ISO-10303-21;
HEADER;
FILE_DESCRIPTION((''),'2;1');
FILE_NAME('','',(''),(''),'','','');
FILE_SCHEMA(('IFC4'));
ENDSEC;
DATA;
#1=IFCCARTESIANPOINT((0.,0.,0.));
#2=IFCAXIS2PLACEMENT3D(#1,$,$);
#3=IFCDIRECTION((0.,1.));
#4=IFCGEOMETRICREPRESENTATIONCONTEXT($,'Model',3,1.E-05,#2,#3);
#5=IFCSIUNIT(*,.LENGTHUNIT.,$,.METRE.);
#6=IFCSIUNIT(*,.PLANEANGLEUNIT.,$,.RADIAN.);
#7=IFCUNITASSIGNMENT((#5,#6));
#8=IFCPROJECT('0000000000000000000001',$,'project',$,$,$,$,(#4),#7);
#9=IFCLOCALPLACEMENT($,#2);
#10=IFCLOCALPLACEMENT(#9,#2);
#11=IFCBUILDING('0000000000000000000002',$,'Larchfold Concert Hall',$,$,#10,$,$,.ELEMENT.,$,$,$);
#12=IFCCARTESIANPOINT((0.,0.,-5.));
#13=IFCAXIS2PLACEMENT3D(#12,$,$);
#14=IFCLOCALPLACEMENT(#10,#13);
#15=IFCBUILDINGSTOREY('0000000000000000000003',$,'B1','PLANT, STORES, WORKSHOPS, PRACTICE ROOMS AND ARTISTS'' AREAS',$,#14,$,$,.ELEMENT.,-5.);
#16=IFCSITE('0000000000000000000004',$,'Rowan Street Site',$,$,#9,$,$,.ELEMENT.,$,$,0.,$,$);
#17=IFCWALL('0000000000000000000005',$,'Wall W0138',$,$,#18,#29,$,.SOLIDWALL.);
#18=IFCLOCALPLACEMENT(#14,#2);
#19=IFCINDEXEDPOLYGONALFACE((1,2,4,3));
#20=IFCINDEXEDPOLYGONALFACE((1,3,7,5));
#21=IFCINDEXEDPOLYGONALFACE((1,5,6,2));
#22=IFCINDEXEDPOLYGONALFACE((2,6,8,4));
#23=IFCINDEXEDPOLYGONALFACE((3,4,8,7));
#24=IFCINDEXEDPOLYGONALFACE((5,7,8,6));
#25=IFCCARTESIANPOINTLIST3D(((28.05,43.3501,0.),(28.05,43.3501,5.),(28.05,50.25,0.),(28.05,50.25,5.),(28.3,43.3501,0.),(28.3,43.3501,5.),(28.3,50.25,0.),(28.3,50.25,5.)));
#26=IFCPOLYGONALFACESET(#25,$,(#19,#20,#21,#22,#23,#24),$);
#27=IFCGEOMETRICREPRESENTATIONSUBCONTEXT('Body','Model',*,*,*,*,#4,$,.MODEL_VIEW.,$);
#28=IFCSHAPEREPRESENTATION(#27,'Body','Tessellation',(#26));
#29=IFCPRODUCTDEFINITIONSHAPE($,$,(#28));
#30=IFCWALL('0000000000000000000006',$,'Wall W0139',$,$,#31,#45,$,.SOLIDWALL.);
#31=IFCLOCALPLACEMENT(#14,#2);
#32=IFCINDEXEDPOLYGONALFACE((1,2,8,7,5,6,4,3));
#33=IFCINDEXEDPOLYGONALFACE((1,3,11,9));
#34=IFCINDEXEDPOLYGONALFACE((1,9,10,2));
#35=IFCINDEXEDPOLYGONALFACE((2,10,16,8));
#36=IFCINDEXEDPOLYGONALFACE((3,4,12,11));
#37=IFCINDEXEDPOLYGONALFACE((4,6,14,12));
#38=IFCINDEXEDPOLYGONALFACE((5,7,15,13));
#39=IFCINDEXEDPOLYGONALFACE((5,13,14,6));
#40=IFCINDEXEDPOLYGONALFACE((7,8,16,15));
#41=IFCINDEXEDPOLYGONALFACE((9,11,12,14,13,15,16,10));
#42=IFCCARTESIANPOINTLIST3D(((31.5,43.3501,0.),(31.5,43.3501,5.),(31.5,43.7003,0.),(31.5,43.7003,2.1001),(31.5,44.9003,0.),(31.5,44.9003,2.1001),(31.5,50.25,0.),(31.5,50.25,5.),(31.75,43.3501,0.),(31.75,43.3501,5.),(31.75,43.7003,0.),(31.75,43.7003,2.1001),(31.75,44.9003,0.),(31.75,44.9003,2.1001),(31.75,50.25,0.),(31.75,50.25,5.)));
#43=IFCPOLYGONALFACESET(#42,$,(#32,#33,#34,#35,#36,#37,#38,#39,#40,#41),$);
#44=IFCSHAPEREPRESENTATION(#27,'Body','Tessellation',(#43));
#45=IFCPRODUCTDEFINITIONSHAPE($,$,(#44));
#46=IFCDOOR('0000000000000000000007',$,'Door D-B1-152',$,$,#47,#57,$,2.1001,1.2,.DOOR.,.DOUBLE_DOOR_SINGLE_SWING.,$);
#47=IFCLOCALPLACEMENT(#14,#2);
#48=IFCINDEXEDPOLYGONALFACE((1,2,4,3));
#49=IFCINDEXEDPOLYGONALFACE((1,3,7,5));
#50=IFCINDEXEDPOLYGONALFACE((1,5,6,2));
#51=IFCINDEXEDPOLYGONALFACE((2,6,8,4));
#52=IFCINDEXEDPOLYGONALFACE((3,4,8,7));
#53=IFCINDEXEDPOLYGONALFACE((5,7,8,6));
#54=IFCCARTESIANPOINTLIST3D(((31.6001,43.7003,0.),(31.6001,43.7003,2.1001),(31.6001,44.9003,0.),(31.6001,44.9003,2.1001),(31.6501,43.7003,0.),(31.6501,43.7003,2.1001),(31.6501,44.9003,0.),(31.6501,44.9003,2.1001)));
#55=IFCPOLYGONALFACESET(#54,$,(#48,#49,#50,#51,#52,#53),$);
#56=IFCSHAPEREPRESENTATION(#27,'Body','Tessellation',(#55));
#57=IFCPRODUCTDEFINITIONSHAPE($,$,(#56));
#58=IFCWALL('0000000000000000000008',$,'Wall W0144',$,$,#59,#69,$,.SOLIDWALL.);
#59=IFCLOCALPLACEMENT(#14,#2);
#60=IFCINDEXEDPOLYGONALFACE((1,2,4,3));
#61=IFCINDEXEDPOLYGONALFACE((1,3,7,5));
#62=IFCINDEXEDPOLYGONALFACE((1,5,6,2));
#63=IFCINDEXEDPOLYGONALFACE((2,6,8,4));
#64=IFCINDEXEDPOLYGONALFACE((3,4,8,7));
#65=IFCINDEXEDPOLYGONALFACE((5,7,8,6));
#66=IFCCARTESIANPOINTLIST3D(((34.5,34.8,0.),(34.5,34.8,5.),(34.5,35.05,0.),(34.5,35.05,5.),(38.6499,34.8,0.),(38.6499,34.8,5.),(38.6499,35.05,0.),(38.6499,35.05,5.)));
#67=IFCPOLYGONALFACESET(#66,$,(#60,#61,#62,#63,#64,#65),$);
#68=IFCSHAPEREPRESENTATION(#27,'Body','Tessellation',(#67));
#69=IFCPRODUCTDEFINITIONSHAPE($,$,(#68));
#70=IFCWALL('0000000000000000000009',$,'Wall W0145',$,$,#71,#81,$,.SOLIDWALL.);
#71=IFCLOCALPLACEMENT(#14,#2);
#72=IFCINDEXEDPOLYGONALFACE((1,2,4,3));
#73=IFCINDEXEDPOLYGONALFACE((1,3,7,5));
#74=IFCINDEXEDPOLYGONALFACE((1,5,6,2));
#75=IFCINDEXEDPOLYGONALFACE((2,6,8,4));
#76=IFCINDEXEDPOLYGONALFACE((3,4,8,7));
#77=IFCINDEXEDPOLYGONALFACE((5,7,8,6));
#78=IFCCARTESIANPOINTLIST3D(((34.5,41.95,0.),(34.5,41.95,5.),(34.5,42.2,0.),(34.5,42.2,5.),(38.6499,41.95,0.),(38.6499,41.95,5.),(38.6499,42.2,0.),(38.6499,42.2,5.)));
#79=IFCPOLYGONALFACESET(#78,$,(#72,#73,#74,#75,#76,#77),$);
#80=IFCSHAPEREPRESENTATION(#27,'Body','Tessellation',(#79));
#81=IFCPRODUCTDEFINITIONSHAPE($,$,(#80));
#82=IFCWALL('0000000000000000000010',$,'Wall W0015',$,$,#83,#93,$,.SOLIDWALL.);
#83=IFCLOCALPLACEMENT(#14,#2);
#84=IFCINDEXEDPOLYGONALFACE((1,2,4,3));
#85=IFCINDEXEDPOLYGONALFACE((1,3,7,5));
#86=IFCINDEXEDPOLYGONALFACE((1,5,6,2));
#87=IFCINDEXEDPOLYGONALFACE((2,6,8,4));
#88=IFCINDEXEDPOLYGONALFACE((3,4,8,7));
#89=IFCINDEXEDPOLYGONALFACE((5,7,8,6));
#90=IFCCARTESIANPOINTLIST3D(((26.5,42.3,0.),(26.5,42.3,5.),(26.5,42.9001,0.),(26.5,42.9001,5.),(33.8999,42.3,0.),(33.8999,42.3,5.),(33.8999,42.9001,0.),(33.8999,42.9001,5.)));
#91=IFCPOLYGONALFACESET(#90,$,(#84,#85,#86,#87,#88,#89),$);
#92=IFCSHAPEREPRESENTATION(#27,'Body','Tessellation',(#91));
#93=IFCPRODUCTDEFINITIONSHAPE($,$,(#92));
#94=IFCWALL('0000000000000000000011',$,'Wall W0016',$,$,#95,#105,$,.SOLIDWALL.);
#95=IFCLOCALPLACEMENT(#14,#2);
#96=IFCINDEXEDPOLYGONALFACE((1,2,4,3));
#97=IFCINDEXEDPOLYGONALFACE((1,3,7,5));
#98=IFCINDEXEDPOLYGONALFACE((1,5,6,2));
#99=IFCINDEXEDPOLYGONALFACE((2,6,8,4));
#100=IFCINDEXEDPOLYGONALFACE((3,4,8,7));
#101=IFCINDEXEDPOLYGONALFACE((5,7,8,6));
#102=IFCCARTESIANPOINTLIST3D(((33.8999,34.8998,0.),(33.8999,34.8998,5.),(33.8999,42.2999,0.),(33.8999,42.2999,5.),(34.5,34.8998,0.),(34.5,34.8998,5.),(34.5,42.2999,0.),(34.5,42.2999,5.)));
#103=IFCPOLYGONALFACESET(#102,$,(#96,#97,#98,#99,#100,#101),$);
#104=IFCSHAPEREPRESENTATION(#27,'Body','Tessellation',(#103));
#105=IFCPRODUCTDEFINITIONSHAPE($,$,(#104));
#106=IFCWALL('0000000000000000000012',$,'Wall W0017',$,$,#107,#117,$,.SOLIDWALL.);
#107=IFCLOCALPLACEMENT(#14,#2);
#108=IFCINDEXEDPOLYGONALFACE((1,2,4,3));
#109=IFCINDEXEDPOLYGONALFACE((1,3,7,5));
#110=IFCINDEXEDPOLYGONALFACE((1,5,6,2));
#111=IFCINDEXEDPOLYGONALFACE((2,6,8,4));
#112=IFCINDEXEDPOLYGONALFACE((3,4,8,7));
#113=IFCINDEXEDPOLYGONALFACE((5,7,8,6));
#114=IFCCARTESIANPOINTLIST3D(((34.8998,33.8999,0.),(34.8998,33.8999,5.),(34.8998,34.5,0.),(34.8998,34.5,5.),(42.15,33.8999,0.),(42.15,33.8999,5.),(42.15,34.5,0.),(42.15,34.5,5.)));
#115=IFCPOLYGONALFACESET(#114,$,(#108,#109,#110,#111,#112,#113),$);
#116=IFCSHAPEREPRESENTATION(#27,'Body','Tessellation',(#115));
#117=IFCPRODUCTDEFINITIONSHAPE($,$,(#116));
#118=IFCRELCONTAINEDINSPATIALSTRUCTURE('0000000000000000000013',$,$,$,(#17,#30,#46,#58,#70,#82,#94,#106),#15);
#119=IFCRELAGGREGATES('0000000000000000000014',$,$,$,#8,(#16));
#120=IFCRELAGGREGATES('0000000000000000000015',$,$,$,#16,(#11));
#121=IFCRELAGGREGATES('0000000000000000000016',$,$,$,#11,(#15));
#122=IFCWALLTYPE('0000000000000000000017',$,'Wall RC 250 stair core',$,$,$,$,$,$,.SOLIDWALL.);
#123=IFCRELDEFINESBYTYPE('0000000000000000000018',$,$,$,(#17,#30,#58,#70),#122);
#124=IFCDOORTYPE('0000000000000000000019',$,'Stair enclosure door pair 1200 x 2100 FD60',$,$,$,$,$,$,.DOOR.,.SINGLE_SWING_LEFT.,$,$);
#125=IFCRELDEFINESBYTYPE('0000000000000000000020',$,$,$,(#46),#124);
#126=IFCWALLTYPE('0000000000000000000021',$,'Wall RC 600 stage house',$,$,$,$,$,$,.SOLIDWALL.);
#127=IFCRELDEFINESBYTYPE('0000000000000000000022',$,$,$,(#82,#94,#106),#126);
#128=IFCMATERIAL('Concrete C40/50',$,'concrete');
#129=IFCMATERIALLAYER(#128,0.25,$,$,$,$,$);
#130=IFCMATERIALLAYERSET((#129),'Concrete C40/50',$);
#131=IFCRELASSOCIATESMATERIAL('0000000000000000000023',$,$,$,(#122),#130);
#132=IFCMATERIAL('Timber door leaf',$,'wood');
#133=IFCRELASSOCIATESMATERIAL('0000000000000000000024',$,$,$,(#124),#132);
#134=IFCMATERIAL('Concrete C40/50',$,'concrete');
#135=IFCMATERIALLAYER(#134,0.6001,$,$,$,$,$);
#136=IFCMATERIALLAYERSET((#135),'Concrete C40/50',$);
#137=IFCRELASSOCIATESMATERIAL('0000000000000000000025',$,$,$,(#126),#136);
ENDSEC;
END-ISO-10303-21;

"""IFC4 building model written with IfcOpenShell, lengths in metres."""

from ifc_helpers import new_model, si_unit, direction, frame, frame_2d, origin, place, context, subcontext, project, spatial, rectangle, extrude, material, layer, layer_set, type_object, element, fill, save


model = new_model("IFC4")

# Units and contexts
model_context = context("Model", 3, precision=1e-05, world=origin(), true_north=direction((0.0, 1.0)))
body_context = subcontext(model_context, "Body", "Model", "MODEL_VIEW")
ifc_project = project(units=[si_unit("LENGTHUNIT", "METRE"), si_unit("PLANEANGLEUNIT", "RADIAN")], contexts=[model_context])

# Site, building, storey
site_placement = place(None, origin())
site = spatial("IfcSite", under=ifc_project, at=site_placement, Name="Rowan Street Site", CompositionType="ELEMENT", RefElevation=0.0)
building_placement = place(site_placement, origin())
building = spatial("IfcBuilding", under=site, at=building_placement, Name="Larchfold Concert Hall", CompositionType="ELEMENT")
storey_placement = place(building_placement, frame((0.0, 0.0, -5.0)))
storey = spatial("IfcBuildingStorey", under=building, at=storey_placement, Name="B1", Description="PLANT, STORES, WORKSHOPS, PRACTICE ROOMS AND ARTISTS' AREAS", CompositionType="ELEMENT", Elevation=-5.0)

# Wall
ifc_material_1 = material(Name="Concrete C40/50", Category="concrete")
ifc_layer_1 = layer(ifc_material_1, 0.25)
ifc_layer_set_1 = layer_set([ifc_layer_1], Name="Concrete C40/50")
wall_type_1 = type_object("IfcWallType", Name="Wall RC 250 stair core", PredefinedType="SOLIDWALL", material=ifc_layer_set_1)
wall_1_placement = place(storey_placement, frame((28.175, 43.3501, 0.0), z_axis=(0.0, 0.0, 1.0), x_axis=(0.0, 1.0, 0.0)))
element("IfcWall", 1, at=wall_1_placement, inside=storey, type_object=wall_type_1, Name="Wall W0138", PredefinedType="SOLIDWALL", context=body_context, shape_type="SweptSolid", body=[
    extrude(rectangle(XDim=6.8999, YDim=0.25, at=frame_2d((3.45, 0.0))), origin(), (0.0, 0.0, 1.0), 5.0),
])

# Wall, opening, door
wall_2_placement = place(storey_placement, frame((31.625, 43.3501, 0.0), z_axis=(0.0, 0.0, 1.0), x_axis=(0.0, 1.0, 0.0)))
wall_2 = element("IfcWall", 2, at=wall_2_placement, inside=storey, type_object=wall_type_1, Name="Wall W0139", PredefinedType="SOLIDWALL", context=body_context, shape_type="SweptSolid", body=[
    extrude(rectangle(XDim=6.8999, YDim=0.25, at=frame_2d((3.45, 0.0))), origin(), (0.0, 0.0, 1.0), 5.0),
])
opening_placement = place(wall_2_placement, frame((0.3501, 0.0, 0.0)))
opening = element("IfcOpeningElement", 3, at=opening_placement, cuts=wall_2, PredefinedType="OPENING", context=body_context, shape_type="SweptSolid", body=[
    extrude(rectangle(XDim=1.2, YDim=2.1001, at=frame_2d((0.6001, 1.05))), frame((0.0, 0.135, 0.0), z_axis=(0.0, -1.0, 0.0), x_axis=(1.0, 0.0, 0.0)), (0.0, 0.0, 1.0), 0.27),
])
ifc_material_2 = material(Name="Timber door leaf", Category="wood")
door_type = type_object("IfcDoorType", Name="Stair enclosure door pair 1200 x 2100 FD60", OperationType="SINGLE_SWING_LEFT", PredefinedType="DOOR", material=ifc_material_2)
door_placement = place(opening_placement, origin())
door = element("IfcDoor", 4, at=door_placement, inside=storey, type_object=door_type, Name="Door D-B1-152", OperationType="DOUBLE_DOOR_SINGLE_SWING", OverallHeight=2.1001, OverallWidth=1.2, PredefinedType="DOOR", context=body_context, shape_type="SweptSolid", body=[
    extrude(rectangle(XDim=1.2, YDim=2.1001, at=frame_2d((0.6001, 1.05))), frame((0.0, 0.0249, 0.0), z_axis=(0.0, -1.0, 0.0), x_axis=(1.0, 0.0, 0.0)), (0.0, 0.0, 1.0), 0.05),
])
fill(opening, door)

# Walls
for number, where, z_axis, x_axis, name in (
    (5, (34.5, 34.925, 0.0), (0.0, 0.0, 1.0), (1.0, 0.0, 0.0), "Wall W0144"),
    (6, (34.5, 42.075, 0.0), (0.0, 0.0, 1.0), (1.0, 0.0, 0.0), "Wall W0145"),
):
    element("IfcWall", number, at=place(storey_placement, frame(where, z_axis=z_axis, x_axis=x_axis)), inside=storey, type_object=wall_type_1, Name=name, PredefinedType="SOLIDWALL", context=body_context, shape_type="SweptSolid", body=[
        extrude(rectangle(XDim=4.1499, YDim=0.25, at=frame_2d((2.075, 0.0))), origin(), (0.0, 0.0, 1.0), 5.0),
    ])
ifc_material_3 = material(Name="Concrete C40/50", Category="concrete")
ifc_layer_2 = layer(ifc_material_3, 0.6001)
ifc_layer_set_2 = layer_set([ifc_layer_2], Name="Concrete C40/50")
wall_type_2 = type_object("IfcWallType", Name="Wall RC 600 stage house", PredefinedType="SOLIDWALL", material=ifc_layer_set_2)
wall_3_placement = place(storey_placement, frame((26.5, 42.6001, 0.0), z_axis=(0.0, 0.0, 1.0), x_axis=(1.0, 0.0, 0.0)))
element("IfcWall", 7, at=wall_3_placement, inside=storey, type_object=wall_type_2, Name="Wall W0015", PredefinedType="SOLIDWALL", context=body_context, shape_type="SweptSolid", body=[
    extrude(rectangle(XDim=7.3999, YDim=0.6001, at=frame_2d((3.7, 0.0))), origin(), (0.0, 0.0, 1.0), 5.0),
])
wall_4_placement = place(storey_placement, frame((34.2, 42.3, 0.0), z_axis=(0.0, 0.0, 1.0), x_axis=(0.0, -1.0, 0.0)))
element("IfcWall", 8, at=wall_4_placement, inside=storey, type_object=wall_type_2, Name="Wall W0016", PredefinedType="SOLIDWALL", context=body_context, shape_type="SweptSolid", body=[
    extrude(rectangle(XDim=7.4001, YDim=0.6001, at=frame_2d((3.7002, 0.0))), origin(), (0.0, 0.0, 1.0), 5.0),
])
wall_5_placement = place(storey_placement, frame((34.8999, 34.2, 0.0), z_axis=(0.0, 0.0, 1.0), x_axis=(1.0, 0.0, 0.0)))
element("IfcWall", 9, at=wall_5_placement, inside=storey, type_object=wall_type_2, Name="Wall W0017", PredefinedType="SOLIDWALL", context=body_context, shape_type="SweptSolid", body=[
    extrude(rectangle(XDim=7.2502, YDim=0.6001, at=frame_2d((3.625, 0.0))), origin(), (0.0, 0.0, 1.0), 5.0),
])

save(model, "model.ifc")
